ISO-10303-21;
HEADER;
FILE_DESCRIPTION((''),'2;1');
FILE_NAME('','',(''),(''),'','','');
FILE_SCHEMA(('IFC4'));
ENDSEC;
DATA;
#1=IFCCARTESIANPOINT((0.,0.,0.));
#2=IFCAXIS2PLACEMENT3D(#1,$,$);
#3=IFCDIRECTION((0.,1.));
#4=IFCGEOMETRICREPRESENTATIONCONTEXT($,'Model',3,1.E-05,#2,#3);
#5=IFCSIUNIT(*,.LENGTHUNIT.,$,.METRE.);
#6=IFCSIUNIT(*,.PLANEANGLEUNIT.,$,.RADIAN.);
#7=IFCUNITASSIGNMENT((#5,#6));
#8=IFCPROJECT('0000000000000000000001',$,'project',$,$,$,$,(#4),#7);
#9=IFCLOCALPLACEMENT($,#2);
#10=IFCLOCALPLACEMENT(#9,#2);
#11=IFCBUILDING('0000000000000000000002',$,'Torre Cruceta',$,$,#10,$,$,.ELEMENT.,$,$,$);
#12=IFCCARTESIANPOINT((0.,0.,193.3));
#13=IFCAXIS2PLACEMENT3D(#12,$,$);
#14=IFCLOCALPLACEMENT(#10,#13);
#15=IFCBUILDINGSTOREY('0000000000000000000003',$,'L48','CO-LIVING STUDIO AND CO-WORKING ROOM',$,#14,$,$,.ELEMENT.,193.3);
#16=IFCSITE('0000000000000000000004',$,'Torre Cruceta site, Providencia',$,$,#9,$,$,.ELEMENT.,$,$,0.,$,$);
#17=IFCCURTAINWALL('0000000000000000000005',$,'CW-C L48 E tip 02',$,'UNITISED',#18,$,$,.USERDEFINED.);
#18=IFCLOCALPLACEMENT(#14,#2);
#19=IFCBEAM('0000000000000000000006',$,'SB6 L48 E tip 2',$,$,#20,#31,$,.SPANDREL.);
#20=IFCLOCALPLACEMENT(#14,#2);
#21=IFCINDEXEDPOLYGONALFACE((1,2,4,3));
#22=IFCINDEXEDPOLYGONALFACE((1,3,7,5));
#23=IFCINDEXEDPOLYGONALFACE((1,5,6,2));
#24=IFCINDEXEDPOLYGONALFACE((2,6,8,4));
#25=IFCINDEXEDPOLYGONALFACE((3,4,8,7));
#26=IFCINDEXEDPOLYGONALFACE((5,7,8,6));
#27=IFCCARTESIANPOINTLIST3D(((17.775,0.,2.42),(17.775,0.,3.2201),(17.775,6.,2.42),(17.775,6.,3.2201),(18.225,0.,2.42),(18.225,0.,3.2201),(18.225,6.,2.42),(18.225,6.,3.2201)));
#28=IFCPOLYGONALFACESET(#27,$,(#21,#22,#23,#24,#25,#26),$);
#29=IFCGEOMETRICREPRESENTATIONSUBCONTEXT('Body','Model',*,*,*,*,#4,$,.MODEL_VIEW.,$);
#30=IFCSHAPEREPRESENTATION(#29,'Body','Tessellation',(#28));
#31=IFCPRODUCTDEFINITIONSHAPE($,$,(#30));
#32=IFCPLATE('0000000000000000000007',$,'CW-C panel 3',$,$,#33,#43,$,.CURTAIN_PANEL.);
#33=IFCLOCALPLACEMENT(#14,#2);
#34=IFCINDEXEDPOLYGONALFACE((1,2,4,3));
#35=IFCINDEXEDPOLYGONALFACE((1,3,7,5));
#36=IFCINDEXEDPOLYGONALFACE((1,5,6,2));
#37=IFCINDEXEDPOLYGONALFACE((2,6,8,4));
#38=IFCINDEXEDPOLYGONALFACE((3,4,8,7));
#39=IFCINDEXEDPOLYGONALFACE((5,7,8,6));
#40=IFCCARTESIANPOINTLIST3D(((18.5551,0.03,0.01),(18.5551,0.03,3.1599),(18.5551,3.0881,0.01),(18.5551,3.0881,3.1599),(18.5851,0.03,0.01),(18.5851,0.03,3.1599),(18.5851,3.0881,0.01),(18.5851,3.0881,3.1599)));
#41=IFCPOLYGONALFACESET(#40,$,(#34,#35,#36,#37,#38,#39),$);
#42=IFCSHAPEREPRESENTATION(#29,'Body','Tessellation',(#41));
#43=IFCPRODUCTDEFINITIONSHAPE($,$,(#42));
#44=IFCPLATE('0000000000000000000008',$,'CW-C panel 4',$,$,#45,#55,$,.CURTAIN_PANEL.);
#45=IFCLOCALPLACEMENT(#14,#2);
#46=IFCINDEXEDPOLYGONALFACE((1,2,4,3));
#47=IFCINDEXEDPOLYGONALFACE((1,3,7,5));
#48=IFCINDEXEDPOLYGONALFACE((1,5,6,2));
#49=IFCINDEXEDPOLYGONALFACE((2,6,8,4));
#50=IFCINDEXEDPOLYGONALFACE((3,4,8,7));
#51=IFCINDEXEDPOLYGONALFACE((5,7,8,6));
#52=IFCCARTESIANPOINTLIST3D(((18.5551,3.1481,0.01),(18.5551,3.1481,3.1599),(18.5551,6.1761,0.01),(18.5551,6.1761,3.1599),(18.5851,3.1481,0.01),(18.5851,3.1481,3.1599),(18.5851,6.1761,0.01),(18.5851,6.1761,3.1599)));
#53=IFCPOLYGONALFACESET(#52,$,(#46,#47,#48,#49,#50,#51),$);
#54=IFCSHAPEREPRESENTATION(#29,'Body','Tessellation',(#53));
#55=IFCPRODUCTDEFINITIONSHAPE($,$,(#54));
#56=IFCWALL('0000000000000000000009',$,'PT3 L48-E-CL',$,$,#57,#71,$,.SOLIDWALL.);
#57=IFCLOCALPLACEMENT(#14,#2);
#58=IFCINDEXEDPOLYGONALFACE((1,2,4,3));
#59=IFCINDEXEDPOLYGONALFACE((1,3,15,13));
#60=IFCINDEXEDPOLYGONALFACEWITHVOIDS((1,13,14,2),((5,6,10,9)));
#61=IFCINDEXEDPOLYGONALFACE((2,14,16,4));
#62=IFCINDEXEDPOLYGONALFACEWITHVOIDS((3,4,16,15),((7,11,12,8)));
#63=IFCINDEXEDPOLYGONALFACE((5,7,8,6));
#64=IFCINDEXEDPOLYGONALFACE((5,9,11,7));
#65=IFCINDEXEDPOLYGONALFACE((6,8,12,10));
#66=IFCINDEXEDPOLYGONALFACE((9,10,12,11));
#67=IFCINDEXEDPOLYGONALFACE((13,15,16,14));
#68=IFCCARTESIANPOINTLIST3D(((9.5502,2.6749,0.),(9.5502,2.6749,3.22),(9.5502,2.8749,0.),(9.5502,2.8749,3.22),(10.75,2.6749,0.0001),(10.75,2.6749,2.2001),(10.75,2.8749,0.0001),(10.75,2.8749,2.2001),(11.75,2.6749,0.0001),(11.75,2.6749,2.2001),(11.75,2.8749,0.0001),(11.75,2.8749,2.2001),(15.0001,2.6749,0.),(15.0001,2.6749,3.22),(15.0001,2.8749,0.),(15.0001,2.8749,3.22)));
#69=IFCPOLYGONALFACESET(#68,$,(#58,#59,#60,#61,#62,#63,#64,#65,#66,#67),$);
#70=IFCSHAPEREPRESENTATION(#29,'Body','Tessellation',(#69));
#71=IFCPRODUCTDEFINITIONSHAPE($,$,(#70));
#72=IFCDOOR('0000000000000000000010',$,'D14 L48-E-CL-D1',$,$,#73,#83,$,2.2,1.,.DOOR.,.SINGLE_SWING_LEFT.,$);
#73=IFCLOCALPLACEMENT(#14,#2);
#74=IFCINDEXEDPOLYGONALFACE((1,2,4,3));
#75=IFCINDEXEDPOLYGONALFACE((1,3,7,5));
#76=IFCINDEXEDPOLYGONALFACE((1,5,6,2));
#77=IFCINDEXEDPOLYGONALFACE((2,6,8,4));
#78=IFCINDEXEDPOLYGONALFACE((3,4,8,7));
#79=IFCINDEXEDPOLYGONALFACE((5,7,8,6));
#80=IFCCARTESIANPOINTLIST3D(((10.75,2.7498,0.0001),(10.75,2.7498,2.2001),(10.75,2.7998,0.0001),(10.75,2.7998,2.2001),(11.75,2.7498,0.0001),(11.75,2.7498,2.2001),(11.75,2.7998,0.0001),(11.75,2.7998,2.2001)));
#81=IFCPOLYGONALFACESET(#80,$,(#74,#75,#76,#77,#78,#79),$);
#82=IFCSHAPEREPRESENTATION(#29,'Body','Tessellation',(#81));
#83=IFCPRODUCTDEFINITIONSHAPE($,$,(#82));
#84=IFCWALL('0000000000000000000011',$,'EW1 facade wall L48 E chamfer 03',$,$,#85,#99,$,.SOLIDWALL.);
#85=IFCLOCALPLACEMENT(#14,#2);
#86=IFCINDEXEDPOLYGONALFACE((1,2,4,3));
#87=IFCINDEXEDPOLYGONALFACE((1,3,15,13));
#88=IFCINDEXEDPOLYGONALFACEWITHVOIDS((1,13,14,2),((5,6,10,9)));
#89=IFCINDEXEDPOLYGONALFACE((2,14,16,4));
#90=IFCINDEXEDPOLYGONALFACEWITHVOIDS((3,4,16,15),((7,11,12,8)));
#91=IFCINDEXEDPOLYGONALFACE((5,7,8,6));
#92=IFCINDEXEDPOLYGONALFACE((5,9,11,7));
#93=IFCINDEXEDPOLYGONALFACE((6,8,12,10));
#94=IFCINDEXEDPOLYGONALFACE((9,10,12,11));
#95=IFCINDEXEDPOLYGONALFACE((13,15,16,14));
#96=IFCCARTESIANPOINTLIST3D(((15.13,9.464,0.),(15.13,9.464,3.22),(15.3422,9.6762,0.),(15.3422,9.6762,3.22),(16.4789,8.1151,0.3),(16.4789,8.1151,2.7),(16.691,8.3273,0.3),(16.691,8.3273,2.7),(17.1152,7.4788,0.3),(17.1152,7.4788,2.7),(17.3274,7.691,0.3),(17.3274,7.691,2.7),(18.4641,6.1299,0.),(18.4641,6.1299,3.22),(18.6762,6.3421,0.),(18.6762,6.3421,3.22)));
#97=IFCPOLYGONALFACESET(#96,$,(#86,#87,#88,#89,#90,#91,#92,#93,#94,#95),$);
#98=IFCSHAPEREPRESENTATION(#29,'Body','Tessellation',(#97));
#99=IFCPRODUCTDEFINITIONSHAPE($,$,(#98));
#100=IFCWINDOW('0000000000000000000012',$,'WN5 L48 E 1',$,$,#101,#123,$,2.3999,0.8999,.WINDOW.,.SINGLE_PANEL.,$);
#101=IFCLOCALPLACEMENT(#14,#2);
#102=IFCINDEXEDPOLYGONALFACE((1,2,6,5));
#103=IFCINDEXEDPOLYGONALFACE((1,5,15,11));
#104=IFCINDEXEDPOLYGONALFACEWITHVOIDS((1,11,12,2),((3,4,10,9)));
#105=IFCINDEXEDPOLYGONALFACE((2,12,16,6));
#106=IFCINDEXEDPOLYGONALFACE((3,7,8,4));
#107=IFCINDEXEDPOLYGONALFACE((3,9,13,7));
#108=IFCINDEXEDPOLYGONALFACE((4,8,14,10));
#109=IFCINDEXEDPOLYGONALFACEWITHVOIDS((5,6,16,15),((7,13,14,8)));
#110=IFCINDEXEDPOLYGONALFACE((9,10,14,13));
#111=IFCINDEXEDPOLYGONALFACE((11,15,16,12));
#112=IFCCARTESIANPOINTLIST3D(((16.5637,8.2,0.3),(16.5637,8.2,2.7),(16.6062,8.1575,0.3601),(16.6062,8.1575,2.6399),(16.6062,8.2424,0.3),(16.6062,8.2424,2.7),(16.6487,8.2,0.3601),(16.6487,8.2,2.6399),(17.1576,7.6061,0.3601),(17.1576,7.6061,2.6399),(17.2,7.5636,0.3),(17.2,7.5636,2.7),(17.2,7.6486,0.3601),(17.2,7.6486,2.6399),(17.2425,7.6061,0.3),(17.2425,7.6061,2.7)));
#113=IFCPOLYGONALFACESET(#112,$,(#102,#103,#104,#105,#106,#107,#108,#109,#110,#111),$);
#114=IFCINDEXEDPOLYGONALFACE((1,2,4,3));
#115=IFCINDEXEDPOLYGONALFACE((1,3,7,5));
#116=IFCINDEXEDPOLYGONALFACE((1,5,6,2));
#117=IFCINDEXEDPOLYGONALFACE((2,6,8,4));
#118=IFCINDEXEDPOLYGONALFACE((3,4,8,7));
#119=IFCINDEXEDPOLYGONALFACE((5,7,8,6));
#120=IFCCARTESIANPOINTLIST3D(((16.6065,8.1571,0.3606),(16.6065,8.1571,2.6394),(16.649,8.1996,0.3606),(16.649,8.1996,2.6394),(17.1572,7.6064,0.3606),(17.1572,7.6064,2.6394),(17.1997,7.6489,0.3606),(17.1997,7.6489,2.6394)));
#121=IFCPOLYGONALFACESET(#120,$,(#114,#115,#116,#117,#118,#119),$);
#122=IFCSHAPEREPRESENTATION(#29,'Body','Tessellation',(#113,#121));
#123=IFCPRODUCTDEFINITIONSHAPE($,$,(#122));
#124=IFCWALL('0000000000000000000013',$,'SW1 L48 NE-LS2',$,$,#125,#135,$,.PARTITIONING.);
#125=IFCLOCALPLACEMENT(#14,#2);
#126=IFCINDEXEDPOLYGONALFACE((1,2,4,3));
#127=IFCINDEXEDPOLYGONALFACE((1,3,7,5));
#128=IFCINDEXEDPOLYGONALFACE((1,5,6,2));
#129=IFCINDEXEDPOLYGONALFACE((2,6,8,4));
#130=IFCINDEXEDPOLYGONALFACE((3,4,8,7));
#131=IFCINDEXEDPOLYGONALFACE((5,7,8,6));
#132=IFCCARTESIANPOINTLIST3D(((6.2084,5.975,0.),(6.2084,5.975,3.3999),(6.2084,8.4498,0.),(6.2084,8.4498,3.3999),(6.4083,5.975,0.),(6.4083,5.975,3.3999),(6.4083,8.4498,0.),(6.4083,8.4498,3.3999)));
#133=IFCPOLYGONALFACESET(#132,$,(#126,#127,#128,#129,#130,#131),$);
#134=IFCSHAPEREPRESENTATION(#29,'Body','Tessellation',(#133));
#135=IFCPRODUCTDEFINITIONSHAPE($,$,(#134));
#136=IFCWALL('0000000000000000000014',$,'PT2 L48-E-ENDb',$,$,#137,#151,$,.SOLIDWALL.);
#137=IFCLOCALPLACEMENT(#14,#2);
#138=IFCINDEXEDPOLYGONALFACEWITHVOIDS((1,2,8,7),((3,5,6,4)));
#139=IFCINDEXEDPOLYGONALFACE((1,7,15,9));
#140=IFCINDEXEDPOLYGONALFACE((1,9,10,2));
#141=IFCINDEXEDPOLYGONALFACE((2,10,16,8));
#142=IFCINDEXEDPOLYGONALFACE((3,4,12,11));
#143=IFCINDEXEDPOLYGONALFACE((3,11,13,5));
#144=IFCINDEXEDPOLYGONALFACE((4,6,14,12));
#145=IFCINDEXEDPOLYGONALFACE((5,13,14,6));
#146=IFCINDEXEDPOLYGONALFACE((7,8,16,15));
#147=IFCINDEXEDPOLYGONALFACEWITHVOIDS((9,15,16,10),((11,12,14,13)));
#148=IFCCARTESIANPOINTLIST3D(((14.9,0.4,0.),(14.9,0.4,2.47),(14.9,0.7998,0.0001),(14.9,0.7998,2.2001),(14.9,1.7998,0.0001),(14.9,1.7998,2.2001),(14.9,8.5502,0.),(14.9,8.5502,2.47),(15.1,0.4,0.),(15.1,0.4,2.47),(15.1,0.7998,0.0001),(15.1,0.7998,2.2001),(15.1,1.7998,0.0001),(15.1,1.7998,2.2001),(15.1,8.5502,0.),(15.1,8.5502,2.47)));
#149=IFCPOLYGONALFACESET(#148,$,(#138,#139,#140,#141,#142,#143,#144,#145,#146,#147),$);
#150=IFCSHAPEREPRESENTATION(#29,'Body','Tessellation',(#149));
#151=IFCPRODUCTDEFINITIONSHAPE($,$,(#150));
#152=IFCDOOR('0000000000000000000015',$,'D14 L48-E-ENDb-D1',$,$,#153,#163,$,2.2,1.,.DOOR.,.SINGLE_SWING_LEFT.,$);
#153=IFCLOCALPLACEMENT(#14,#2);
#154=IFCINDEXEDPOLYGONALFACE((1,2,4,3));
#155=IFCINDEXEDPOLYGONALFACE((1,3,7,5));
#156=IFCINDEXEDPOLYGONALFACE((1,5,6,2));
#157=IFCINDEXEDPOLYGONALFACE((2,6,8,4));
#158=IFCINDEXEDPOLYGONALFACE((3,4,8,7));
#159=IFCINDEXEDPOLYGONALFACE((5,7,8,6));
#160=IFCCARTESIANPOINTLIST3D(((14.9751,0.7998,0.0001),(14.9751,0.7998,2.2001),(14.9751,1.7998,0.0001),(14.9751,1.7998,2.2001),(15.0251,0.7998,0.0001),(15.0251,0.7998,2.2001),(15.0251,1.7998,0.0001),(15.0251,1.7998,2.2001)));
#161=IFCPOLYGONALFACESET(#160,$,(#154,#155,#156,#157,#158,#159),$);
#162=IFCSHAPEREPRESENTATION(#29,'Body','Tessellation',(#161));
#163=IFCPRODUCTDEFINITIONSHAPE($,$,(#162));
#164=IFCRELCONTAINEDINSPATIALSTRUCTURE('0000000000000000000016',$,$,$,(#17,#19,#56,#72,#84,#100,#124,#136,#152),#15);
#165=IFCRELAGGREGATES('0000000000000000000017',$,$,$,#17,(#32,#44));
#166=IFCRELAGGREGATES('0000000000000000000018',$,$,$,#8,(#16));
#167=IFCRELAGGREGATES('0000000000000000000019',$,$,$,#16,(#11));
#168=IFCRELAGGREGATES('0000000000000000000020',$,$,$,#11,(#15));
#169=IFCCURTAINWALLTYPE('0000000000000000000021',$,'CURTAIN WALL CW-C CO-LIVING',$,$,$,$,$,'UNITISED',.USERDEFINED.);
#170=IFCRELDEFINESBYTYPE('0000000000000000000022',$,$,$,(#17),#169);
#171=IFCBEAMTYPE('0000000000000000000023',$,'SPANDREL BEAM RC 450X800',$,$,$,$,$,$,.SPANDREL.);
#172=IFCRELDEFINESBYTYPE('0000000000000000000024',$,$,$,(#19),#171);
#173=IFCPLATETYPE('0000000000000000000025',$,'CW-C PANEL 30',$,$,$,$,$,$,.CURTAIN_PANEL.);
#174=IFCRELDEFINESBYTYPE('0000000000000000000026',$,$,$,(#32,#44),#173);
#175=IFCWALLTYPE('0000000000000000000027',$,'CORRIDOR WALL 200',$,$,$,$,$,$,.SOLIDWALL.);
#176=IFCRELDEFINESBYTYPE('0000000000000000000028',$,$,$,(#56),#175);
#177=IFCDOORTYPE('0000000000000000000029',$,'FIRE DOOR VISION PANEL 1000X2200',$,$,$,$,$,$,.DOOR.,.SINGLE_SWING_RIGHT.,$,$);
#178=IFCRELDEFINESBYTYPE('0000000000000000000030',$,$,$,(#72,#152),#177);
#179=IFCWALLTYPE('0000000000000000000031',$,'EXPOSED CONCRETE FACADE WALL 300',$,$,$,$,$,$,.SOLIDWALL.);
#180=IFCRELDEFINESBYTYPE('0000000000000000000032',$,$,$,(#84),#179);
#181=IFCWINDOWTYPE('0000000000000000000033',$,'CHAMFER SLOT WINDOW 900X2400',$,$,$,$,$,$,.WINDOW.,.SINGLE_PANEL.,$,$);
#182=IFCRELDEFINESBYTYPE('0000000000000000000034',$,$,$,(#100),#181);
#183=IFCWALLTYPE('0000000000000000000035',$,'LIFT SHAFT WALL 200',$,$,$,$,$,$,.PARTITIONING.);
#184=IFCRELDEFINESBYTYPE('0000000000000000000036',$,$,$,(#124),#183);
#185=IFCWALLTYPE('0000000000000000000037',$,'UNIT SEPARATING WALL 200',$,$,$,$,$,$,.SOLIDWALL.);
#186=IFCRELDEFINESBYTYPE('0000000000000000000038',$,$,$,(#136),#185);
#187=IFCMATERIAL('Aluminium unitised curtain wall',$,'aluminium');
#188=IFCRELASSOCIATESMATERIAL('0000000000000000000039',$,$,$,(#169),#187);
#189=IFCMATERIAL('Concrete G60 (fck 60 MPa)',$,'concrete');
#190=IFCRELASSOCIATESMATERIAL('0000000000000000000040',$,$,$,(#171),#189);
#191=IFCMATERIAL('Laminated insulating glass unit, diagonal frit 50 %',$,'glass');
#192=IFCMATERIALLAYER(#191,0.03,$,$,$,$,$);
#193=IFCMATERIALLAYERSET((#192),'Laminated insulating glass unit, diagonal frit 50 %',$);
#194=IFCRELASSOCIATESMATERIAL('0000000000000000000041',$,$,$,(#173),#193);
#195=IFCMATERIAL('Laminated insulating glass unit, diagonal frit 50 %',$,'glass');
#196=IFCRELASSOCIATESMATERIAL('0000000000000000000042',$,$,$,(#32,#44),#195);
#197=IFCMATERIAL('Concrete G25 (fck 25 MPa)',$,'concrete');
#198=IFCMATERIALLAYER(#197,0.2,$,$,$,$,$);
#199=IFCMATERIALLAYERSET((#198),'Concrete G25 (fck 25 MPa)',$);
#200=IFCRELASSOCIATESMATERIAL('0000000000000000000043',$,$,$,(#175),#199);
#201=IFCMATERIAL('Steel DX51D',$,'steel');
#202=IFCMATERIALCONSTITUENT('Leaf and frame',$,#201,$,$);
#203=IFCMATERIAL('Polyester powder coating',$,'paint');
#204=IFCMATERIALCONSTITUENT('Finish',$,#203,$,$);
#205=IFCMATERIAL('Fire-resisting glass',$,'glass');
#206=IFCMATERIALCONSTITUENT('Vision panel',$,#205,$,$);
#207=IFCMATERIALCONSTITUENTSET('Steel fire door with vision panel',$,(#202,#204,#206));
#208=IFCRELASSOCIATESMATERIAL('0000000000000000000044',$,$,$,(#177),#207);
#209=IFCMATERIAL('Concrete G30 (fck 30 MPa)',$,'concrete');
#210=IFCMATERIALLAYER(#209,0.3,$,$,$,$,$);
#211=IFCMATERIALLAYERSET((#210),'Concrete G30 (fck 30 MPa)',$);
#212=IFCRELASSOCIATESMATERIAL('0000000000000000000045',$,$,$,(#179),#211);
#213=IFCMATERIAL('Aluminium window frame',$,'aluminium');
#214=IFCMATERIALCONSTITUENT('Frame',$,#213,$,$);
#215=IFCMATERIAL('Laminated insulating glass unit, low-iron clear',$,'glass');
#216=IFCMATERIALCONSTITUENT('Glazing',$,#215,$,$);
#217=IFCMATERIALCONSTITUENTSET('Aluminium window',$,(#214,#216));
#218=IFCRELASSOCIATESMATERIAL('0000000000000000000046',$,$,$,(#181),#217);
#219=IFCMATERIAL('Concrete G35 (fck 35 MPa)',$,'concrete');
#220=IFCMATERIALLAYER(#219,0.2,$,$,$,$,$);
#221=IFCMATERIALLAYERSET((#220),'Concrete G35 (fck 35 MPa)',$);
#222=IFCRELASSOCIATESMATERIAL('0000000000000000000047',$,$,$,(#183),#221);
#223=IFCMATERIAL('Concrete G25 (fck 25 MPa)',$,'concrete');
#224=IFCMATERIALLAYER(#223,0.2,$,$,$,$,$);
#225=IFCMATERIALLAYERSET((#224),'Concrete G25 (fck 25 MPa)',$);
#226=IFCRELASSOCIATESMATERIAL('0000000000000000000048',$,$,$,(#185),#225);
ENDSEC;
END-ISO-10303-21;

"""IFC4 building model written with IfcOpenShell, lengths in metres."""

from ifc_helpers import new_model, si_unit, direction, frame, frame_2d, origin, origin_2d, place, context, subcontext, project, spatial, rectangle, hollow_rectangle, extrude, material, layer, layer_set, constituent, constituent_set, material_profile, profile_set, type_object, element, fill, aggregate, save


model = new_model("IFC4")

# Units and contexts
model_context = context("Model", 3, precision=1e-05, world=origin(), true_north=direction((0.0, 1.0)))
body_context = subcontext(model_context, "Body", "Model", "MODEL_VIEW")
ifc_project = project(units=[si_unit("LENGTHUNIT", "METRE"), si_unit("PLANEANGLEUNIT", "RADIAN")], contexts=[model_context])

# Site, building, storey
site_placement = place(None, origin())
site = spatial("IfcSite", under=ifc_project, at=site_placement, Name="Torre Cruceta site, Providencia", CompositionType="ELEMENT", RefElevation=0.0)
building_placement = place(site_placement, origin())
building = spatial("IfcBuilding", under=site, at=building_placement, Name="Torre Cruceta", CompositionType="ELEMENT")
storey_placement = place(building_placement, frame((0.0, 0.0, 193.3)))
storey = spatial("IfcBuildingStorey", under=building, at=storey_placement, Name="L48", Description="CO-LIVING STUDIO AND CO-WORKING ROOM", CompositionType="ELEMENT", Elevation=193.3)

# Curtain wall
ifc_material_1 = material(Name="Aluminium unitised curtain wall", Category="aluminium")
curtain_wall_type = type_object("IfcCurtainWallType", Name="CURTAIN WALL CW-C CO-LIVING", ElementType="UNITISED", PredefinedType="USERDEFINED", material=ifc_material_1)
curtain_wall_placement = place(storey_placement, origin())
curtain_wall = element("IfcCurtainWall", 1, at=curtain_wall_placement, inside=storey, type_object=curtain_wall_type, Name="CW-C L48 E tip 02", ObjectType="UNITISED", PredefinedType="USERDEFINED")

# Beam
ifc_material_2 = material(Name="Concrete G60 (fck 60 MPa)", Category="concrete")
ifc_material_profile_1 = material_profile(ifc_material_2, rectangle(XDim=0.45, YDim=0.8, at=origin_2d()), Name="RC 450X800")
ifc_profile_set_1 = profile_set([ifc_material_profile_1], Name="Concrete G60 (fck 60 MPa)")
beam_type_1 = type_object("IfcBeamType", Name="SPANDREL BEAM RC 450X800", PredefinedType="SPANDREL", material=ifc_profile_set_1)
for number, where, z_axis, x_axis, name in (
    (2, (18.0, 0.0, 2.8201), (0.0, 1.0, 0.0), (-1.0, 0.0, 0.0), "SB6 L48 E tip 2"),
):
    element("IfcBeam", number, at=place(storey_placement, frame(where, z_axis=z_axis, x_axis=x_axis)), inside=storey, type_object=beam_type_1, Name=name, PredefinedType="SPANDREL", context=body_context, shape_type="SweptSolid", body=[
        extrude(rectangle(XDim=0.45, YDim=0.8, at=origin_2d()), origin(), (0.0, 0.0, 1.0), 6.0),
    ])

# Plates
ifc_material_3 = material(Name="Laminated insulating glass unit, diagonal frit 50 %", Category="glass")
ifc_material_4 = material(Name="Laminated insulating glass unit, diagonal frit 50 %", Category="glass")
ifc_layer_1 = layer(ifc_material_4, 0.03)
ifc_layer_set_1 = layer_set([ifc_layer_1], Name="Laminated insulating glass unit, diagonal frit 50 %")
plate_type = type_object("IfcPlateType", Name="CW-C PANEL 30", PredefinedType="CURTAIN_PANEL", material=ifc_layer_set_1)
plate_1_placement = place(storey_placement, frame((18.5701, 1.5591, 0.01), z_axis=(0.0, 0.0, 1.0), x_axis=(0.0, 1.0, 0.0)))
plate_1 = element("IfcPlate", 3, at=plate_1_placement, type_object=plate_type, material=ifc_material_3, Name="CW-C panel 3", PredefinedType="CURTAIN_PANEL", context=body_context, shape_type="SweptSolid", body=[
    extrude(rectangle(XDim=3.0581, YDim=0.03, at=origin_2d()), origin(), (0.0, 0.0, 1.0), 3.1499),
])
plate_2_placement = place(storey_placement, frame((18.5701, 4.6621, 0.01), z_axis=(0.0, 0.0, 1.0), x_axis=(0.0, 1.0, 0.0)))
plate_2 = element("IfcPlate", 4, at=plate_2_placement, type_object=plate_type, material=ifc_material_3, Name="CW-C panel 4", PredefinedType="CURTAIN_PANEL", context=body_context, shape_type="SweptSolid", body=[
    extrude(rectangle(XDim=3.0281, YDim=0.03, at=origin_2d()), origin(), (0.0, 0.0, 1.0), 3.1499),
])
aggregate(curtain_wall, [plate_1, plate_2])

# Wall, opening, door
ifc_material_5 = material(Name="Concrete G25 (fck 25 MPa)", Category="concrete")
ifc_layer_2 = layer(ifc_material_5, 0.2)
ifc_layer_set_2 = layer_set([ifc_layer_2], Name="Concrete G25 (fck 25 MPa)")
wall_type_1 = type_object("IfcWallType", Name="CORRIDOR WALL 200", PredefinedType="SOLIDWALL", material=ifc_layer_set_2)
wall_1_placement = place(storey_placement, frame((9.55, 2.7749, 0.0), z_axis=(0.0, 0.0, 1.0), x_axis=(1.0, 0.0, 0.0)))
wall_1 = element("IfcWall", 5, at=wall_1_placement, inside=storey, type_object=wall_type_1, Name="PT3 L48-E-CL", PredefinedType="SOLIDWALL", context=body_context, shape_type="SweptSolid", body=[
    extrude(rectangle(XDim=5.45, YDim=0.2, at=frame_2d((2.7251, 0.0))), origin(), (0.0, 0.0, 1.0), 3.22),
])
opening_1_placement = place(wall_1_placement, frame((1.2, 0.0, 0.0)))
opening_1 = element("IfcOpeningElement", 6, at=opening_1_placement, cuts=wall_1, PredefinedType="OPENING", context=body_context, shape_type="SweptSolid", body=[
    extrude(rectangle(XDim=1.0, YDim=2.2, at=frame_2d((0.5, 1.1001))), frame((0.0, 0.1099, 0.0), z_axis=(0.0, -1.0, 0.0), x_axis=(1.0, 0.0, 0.0)), (0.0, 0.0, 1.0), 0.22),
])
ifc_material_6 = material(Name="Steel DX51D", Category="steel")
ifc_constituent_1 = constituent(ifc_material_6, Name="Leaf and frame")
ifc_material_7 = material(Name="Polyester powder coating", Category="paint")
ifc_constituent_2 = constituent(ifc_material_7, Name="Finish")
ifc_material_8 = material(Name="Fire-resisting glass", Category="glass")
ifc_constituent_3 = constituent(ifc_material_8, Name="Vision panel")
ifc_constituent_set_1 = constituent_set(constituents=[ifc_constituent_1, ifc_constituent_2, ifc_constituent_3], Name="Steel fire door with vision panel")
door_type_1 = type_object("IfcDoorType", Name="FIRE DOOR VISION PANEL 1000X2200", OperationType="SINGLE_SWING_RIGHT", PredefinedType="DOOR", material=ifc_constituent_set_1)
door_1_placement = place(opening_1_placement, origin())
door_1 = element("IfcDoor", 7, at=door_1_placement, inside=storey, type_object=door_type_1, Name="D14 L48-E-CL-D1", OperationType="SINGLE_SWING_LEFT", OverallHeight=2.2, OverallWidth=1.0, PredefinedType="DOOR", context=body_context, shape_type="SweptSolid", body=[
    extrude(rectangle(XDim=1.0, YDim=2.2, at=frame_2d((0.5, 1.1001))), frame((0.0, 0.0249, 0.0), z_axis=(0.0, -1.0, 0.0), x_axis=(1.0, 0.0, 0.0)), (0.0, 0.0, 1.0), 0.05),
])
fill(opening_1, door_1)

# Wall, opening, window
ifc_material_9 = material(Name="Concrete G30 (fck 30 MPa)", Category="concrete")
ifc_layer_3 = layer(ifc_material_9, 0.3)
ifc_layer_set_3 = layer_set([ifc_layer_3], Name="Concrete G30 (fck 30 MPa)")
wall_type_2 = type_object("IfcWallType", Name="EXPOSED CONCRETE FACADE WALL 300", PredefinedType="SOLIDWALL", material=ifc_layer_set_3)
wall_2_placement = place(storey_placement, frame((18.5701, 6.2361, 0.0), z_axis=(0.0, 0.0, 1.0), x_axis=(-0.707107, 0.707107, 0.0)))
wall_2 = element("IfcWall", 8, at=wall_2_placement, inside=storey, type_object=wall_type_2, Name="EW1 facade wall L48 E chamfer 03", PredefinedType="SOLIDWALL", context=body_context, shape_type="SweptSolid", body=[
    extrude(rectangle(XDim=4.7151, YDim=0.3, at=frame_2d((2.3574, 0.0))), origin(), (0.0, 0.0, 1.0), 3.22),
])
opening_2_placement = place(wall_2_placement, frame((1.9075, 0.0, 0.3)))
opening_2 = element("IfcOpeningElement", 9, at=opening_2_placement, cuts=wall_2, PredefinedType="OPENING", context=body_context, shape_type="SweptSolid", body=[
    extrude(rectangle(XDim=0.8999, YDim=2.3999, at=frame_2d((0.45, 1.2))), frame((0.0, 0.1599, 0.0), z_axis=(0.0, -1.0, 0.0), x_axis=(1.0, 0.0, 0.0)), (0.0, 0.0, 1.0), 0.3201),
])
ifc_material_10 = material(Name="Aluminium window frame", Category="aluminium")
ifc_constituent_4 = constituent(ifc_material_10, Name="Frame")
ifc_material_11 = material(Name="Laminated insulating glass unit, low-iron clear", Category="glass")
ifc_constituent_5 = constituent(ifc_material_11, Name="Glazing")
ifc_constituent_set_2 = constituent_set(constituents=[ifc_constituent_4, ifc_constituent_5], Name="Aluminium window")
window_type = type_object("IfcWindowType", Name="CHAMFER SLOT WINDOW 900X2400", PartitioningType="SINGLE_PANEL", PredefinedType="WINDOW", material=ifc_constituent_set_2)
window_placement = place(opening_2_placement, origin())
window = element("IfcWindow", 10, at=window_placement, inside=storey, type_object=window_type, Name="WN5 L48 E 1", OverallHeight=2.3999, OverallWidth=0.8999, PartitioningType="SINGLE_PANEL", PredefinedType="WINDOW", context=body_context, shape_type="SweptSolid", body=[
    extrude(hollow_rectangle(XDim=0.8999, YDim=2.3999, WallThickness=0.0601, at=frame_2d((0.45, 1.2))), frame((0.0, 0.03, 0.0), z_axis=(0.0, -1.0, 0.0), x_axis=(1.0, 0.0, 0.0)), (0.0, 0.0, 1.0), 0.0601),
    extrude(rectangle(XDim=0.7788, YDim=2.2788, at=frame_2d((0.45, 1.2))), frame((0.0, 0.03, 0.0), z_axis=(0.0, -1.0, 0.0), x_axis=(1.0, 0.0, 0.0)), (0.0, 0.0, 1.0), 0.0601),
])
fill(opening_2, window)

# Wall
ifc_material_12 = material(Name="Concrete G35 (fck 35 MPa)", Category="concrete")
ifc_layer_4 = layer(ifc_material_12, 0.2)
ifc_layer_set_4 = layer_set([ifc_layer_4], Name="Concrete G35 (fck 35 MPa)")
wall_type_3 = type_object("IfcWallType", Name="LIFT SHAFT WALL 200", PredefinedType="PARTITIONING", material=ifc_layer_set_4)
wall_3_placement = place(storey_placement, frame((6.3083, 5.9751, 0.0), z_axis=(0.0, 0.0, 1.0), x_axis=(0.0, 1.0, 0.0)))
element("IfcWall", 11, at=wall_3_placement, inside=storey, type_object=wall_type_3, Name="SW1 L48 NE-LS2", PredefinedType="PARTITIONING", context=body_context, shape_type="SweptSolid", body=[
    extrude(rectangle(XDim=2.4749, YDim=0.2, at=frame_2d((1.2373, 0.0))), origin(), (0.0, 0.0, 1.0), 3.3999),
])

# Wall, opening, door
ifc_material_13 = material(Name="Concrete G25 (fck 25 MPa)", Category="concrete")
ifc_layer_5 = layer(ifc_material_13, 0.2)
ifc_layer_set_5 = layer_set([ifc_layer_5], Name="Concrete G25 (fck 25 MPa)")
wall_type_4 = type_object("IfcWallType", Name="UNIT SEPARATING WALL 200", PredefinedType="SOLIDWALL", material=ifc_layer_set_5)
wall_4_placement = place(storey_placement, frame((15.0, 0.3999, 0.0), z_axis=(0.0, 0.0, 1.0), x_axis=(0.0, 1.0, 0.0)))
wall_4 = element("IfcWall", 12, at=wall_4_placement, inside=storey, type_object=wall_type_4, Name="PT2 L48-E-ENDb", PredefinedType="SOLIDWALL", context=body_context, shape_type="SweptSolid", body=[
    extrude(rectangle(XDim=8.1501, YDim=0.2, at=frame_2d((4.0752, 0.0))), origin(), (0.0, 0.0, 1.0), 2.47),
])
opening_3_placement = place(wall_4_placement, frame((0.3999, 0.0, 0.0)))
opening_3 = element("IfcOpeningElement", 13, at=opening_3_placement, cuts=wall_4, PredefinedType="OPENING", context=body_context, shape_type="SweptSolid", body=[
    extrude(rectangle(XDim=1.0, YDim=2.2, at=frame_2d((0.5, 1.1001))), frame((0.0, 0.1099, 0.0), z_axis=(0.0, -1.0, 0.0), x_axis=(1.0, 0.0, 0.0)), (0.0, 0.0, 1.0), 0.22),
])
door_2_placement = place(opening_3_placement, frame((1.0, 0.0, 0.0), z_axis=(0.0, 0.0, 1.0), x_axis=(-1.0, 0.0, 0.0)))
door_2 = element("IfcDoor", 14, at=door_2_placement, inside=storey, type_object=door_type_1, Name="D14 L48-E-ENDb-D1", OperationType="SINGLE_SWING_LEFT", OverallHeight=2.2, OverallWidth=1.0, PredefinedType="DOOR", context=body_context, shape_type="SweptSolid", body=[
    extrude(rectangle(XDim=1.0, YDim=2.2, at=frame_2d((0.5, 1.1001))), frame((0.0, 0.0251, 0.0), z_axis=(0.0, -1.0, 0.0), x_axis=(1.0, 0.0, 0.0)), (0.0, 0.0, 1.0), 0.05),
])
fill(opening_3, door_2)

save(model, "model.ifc")
